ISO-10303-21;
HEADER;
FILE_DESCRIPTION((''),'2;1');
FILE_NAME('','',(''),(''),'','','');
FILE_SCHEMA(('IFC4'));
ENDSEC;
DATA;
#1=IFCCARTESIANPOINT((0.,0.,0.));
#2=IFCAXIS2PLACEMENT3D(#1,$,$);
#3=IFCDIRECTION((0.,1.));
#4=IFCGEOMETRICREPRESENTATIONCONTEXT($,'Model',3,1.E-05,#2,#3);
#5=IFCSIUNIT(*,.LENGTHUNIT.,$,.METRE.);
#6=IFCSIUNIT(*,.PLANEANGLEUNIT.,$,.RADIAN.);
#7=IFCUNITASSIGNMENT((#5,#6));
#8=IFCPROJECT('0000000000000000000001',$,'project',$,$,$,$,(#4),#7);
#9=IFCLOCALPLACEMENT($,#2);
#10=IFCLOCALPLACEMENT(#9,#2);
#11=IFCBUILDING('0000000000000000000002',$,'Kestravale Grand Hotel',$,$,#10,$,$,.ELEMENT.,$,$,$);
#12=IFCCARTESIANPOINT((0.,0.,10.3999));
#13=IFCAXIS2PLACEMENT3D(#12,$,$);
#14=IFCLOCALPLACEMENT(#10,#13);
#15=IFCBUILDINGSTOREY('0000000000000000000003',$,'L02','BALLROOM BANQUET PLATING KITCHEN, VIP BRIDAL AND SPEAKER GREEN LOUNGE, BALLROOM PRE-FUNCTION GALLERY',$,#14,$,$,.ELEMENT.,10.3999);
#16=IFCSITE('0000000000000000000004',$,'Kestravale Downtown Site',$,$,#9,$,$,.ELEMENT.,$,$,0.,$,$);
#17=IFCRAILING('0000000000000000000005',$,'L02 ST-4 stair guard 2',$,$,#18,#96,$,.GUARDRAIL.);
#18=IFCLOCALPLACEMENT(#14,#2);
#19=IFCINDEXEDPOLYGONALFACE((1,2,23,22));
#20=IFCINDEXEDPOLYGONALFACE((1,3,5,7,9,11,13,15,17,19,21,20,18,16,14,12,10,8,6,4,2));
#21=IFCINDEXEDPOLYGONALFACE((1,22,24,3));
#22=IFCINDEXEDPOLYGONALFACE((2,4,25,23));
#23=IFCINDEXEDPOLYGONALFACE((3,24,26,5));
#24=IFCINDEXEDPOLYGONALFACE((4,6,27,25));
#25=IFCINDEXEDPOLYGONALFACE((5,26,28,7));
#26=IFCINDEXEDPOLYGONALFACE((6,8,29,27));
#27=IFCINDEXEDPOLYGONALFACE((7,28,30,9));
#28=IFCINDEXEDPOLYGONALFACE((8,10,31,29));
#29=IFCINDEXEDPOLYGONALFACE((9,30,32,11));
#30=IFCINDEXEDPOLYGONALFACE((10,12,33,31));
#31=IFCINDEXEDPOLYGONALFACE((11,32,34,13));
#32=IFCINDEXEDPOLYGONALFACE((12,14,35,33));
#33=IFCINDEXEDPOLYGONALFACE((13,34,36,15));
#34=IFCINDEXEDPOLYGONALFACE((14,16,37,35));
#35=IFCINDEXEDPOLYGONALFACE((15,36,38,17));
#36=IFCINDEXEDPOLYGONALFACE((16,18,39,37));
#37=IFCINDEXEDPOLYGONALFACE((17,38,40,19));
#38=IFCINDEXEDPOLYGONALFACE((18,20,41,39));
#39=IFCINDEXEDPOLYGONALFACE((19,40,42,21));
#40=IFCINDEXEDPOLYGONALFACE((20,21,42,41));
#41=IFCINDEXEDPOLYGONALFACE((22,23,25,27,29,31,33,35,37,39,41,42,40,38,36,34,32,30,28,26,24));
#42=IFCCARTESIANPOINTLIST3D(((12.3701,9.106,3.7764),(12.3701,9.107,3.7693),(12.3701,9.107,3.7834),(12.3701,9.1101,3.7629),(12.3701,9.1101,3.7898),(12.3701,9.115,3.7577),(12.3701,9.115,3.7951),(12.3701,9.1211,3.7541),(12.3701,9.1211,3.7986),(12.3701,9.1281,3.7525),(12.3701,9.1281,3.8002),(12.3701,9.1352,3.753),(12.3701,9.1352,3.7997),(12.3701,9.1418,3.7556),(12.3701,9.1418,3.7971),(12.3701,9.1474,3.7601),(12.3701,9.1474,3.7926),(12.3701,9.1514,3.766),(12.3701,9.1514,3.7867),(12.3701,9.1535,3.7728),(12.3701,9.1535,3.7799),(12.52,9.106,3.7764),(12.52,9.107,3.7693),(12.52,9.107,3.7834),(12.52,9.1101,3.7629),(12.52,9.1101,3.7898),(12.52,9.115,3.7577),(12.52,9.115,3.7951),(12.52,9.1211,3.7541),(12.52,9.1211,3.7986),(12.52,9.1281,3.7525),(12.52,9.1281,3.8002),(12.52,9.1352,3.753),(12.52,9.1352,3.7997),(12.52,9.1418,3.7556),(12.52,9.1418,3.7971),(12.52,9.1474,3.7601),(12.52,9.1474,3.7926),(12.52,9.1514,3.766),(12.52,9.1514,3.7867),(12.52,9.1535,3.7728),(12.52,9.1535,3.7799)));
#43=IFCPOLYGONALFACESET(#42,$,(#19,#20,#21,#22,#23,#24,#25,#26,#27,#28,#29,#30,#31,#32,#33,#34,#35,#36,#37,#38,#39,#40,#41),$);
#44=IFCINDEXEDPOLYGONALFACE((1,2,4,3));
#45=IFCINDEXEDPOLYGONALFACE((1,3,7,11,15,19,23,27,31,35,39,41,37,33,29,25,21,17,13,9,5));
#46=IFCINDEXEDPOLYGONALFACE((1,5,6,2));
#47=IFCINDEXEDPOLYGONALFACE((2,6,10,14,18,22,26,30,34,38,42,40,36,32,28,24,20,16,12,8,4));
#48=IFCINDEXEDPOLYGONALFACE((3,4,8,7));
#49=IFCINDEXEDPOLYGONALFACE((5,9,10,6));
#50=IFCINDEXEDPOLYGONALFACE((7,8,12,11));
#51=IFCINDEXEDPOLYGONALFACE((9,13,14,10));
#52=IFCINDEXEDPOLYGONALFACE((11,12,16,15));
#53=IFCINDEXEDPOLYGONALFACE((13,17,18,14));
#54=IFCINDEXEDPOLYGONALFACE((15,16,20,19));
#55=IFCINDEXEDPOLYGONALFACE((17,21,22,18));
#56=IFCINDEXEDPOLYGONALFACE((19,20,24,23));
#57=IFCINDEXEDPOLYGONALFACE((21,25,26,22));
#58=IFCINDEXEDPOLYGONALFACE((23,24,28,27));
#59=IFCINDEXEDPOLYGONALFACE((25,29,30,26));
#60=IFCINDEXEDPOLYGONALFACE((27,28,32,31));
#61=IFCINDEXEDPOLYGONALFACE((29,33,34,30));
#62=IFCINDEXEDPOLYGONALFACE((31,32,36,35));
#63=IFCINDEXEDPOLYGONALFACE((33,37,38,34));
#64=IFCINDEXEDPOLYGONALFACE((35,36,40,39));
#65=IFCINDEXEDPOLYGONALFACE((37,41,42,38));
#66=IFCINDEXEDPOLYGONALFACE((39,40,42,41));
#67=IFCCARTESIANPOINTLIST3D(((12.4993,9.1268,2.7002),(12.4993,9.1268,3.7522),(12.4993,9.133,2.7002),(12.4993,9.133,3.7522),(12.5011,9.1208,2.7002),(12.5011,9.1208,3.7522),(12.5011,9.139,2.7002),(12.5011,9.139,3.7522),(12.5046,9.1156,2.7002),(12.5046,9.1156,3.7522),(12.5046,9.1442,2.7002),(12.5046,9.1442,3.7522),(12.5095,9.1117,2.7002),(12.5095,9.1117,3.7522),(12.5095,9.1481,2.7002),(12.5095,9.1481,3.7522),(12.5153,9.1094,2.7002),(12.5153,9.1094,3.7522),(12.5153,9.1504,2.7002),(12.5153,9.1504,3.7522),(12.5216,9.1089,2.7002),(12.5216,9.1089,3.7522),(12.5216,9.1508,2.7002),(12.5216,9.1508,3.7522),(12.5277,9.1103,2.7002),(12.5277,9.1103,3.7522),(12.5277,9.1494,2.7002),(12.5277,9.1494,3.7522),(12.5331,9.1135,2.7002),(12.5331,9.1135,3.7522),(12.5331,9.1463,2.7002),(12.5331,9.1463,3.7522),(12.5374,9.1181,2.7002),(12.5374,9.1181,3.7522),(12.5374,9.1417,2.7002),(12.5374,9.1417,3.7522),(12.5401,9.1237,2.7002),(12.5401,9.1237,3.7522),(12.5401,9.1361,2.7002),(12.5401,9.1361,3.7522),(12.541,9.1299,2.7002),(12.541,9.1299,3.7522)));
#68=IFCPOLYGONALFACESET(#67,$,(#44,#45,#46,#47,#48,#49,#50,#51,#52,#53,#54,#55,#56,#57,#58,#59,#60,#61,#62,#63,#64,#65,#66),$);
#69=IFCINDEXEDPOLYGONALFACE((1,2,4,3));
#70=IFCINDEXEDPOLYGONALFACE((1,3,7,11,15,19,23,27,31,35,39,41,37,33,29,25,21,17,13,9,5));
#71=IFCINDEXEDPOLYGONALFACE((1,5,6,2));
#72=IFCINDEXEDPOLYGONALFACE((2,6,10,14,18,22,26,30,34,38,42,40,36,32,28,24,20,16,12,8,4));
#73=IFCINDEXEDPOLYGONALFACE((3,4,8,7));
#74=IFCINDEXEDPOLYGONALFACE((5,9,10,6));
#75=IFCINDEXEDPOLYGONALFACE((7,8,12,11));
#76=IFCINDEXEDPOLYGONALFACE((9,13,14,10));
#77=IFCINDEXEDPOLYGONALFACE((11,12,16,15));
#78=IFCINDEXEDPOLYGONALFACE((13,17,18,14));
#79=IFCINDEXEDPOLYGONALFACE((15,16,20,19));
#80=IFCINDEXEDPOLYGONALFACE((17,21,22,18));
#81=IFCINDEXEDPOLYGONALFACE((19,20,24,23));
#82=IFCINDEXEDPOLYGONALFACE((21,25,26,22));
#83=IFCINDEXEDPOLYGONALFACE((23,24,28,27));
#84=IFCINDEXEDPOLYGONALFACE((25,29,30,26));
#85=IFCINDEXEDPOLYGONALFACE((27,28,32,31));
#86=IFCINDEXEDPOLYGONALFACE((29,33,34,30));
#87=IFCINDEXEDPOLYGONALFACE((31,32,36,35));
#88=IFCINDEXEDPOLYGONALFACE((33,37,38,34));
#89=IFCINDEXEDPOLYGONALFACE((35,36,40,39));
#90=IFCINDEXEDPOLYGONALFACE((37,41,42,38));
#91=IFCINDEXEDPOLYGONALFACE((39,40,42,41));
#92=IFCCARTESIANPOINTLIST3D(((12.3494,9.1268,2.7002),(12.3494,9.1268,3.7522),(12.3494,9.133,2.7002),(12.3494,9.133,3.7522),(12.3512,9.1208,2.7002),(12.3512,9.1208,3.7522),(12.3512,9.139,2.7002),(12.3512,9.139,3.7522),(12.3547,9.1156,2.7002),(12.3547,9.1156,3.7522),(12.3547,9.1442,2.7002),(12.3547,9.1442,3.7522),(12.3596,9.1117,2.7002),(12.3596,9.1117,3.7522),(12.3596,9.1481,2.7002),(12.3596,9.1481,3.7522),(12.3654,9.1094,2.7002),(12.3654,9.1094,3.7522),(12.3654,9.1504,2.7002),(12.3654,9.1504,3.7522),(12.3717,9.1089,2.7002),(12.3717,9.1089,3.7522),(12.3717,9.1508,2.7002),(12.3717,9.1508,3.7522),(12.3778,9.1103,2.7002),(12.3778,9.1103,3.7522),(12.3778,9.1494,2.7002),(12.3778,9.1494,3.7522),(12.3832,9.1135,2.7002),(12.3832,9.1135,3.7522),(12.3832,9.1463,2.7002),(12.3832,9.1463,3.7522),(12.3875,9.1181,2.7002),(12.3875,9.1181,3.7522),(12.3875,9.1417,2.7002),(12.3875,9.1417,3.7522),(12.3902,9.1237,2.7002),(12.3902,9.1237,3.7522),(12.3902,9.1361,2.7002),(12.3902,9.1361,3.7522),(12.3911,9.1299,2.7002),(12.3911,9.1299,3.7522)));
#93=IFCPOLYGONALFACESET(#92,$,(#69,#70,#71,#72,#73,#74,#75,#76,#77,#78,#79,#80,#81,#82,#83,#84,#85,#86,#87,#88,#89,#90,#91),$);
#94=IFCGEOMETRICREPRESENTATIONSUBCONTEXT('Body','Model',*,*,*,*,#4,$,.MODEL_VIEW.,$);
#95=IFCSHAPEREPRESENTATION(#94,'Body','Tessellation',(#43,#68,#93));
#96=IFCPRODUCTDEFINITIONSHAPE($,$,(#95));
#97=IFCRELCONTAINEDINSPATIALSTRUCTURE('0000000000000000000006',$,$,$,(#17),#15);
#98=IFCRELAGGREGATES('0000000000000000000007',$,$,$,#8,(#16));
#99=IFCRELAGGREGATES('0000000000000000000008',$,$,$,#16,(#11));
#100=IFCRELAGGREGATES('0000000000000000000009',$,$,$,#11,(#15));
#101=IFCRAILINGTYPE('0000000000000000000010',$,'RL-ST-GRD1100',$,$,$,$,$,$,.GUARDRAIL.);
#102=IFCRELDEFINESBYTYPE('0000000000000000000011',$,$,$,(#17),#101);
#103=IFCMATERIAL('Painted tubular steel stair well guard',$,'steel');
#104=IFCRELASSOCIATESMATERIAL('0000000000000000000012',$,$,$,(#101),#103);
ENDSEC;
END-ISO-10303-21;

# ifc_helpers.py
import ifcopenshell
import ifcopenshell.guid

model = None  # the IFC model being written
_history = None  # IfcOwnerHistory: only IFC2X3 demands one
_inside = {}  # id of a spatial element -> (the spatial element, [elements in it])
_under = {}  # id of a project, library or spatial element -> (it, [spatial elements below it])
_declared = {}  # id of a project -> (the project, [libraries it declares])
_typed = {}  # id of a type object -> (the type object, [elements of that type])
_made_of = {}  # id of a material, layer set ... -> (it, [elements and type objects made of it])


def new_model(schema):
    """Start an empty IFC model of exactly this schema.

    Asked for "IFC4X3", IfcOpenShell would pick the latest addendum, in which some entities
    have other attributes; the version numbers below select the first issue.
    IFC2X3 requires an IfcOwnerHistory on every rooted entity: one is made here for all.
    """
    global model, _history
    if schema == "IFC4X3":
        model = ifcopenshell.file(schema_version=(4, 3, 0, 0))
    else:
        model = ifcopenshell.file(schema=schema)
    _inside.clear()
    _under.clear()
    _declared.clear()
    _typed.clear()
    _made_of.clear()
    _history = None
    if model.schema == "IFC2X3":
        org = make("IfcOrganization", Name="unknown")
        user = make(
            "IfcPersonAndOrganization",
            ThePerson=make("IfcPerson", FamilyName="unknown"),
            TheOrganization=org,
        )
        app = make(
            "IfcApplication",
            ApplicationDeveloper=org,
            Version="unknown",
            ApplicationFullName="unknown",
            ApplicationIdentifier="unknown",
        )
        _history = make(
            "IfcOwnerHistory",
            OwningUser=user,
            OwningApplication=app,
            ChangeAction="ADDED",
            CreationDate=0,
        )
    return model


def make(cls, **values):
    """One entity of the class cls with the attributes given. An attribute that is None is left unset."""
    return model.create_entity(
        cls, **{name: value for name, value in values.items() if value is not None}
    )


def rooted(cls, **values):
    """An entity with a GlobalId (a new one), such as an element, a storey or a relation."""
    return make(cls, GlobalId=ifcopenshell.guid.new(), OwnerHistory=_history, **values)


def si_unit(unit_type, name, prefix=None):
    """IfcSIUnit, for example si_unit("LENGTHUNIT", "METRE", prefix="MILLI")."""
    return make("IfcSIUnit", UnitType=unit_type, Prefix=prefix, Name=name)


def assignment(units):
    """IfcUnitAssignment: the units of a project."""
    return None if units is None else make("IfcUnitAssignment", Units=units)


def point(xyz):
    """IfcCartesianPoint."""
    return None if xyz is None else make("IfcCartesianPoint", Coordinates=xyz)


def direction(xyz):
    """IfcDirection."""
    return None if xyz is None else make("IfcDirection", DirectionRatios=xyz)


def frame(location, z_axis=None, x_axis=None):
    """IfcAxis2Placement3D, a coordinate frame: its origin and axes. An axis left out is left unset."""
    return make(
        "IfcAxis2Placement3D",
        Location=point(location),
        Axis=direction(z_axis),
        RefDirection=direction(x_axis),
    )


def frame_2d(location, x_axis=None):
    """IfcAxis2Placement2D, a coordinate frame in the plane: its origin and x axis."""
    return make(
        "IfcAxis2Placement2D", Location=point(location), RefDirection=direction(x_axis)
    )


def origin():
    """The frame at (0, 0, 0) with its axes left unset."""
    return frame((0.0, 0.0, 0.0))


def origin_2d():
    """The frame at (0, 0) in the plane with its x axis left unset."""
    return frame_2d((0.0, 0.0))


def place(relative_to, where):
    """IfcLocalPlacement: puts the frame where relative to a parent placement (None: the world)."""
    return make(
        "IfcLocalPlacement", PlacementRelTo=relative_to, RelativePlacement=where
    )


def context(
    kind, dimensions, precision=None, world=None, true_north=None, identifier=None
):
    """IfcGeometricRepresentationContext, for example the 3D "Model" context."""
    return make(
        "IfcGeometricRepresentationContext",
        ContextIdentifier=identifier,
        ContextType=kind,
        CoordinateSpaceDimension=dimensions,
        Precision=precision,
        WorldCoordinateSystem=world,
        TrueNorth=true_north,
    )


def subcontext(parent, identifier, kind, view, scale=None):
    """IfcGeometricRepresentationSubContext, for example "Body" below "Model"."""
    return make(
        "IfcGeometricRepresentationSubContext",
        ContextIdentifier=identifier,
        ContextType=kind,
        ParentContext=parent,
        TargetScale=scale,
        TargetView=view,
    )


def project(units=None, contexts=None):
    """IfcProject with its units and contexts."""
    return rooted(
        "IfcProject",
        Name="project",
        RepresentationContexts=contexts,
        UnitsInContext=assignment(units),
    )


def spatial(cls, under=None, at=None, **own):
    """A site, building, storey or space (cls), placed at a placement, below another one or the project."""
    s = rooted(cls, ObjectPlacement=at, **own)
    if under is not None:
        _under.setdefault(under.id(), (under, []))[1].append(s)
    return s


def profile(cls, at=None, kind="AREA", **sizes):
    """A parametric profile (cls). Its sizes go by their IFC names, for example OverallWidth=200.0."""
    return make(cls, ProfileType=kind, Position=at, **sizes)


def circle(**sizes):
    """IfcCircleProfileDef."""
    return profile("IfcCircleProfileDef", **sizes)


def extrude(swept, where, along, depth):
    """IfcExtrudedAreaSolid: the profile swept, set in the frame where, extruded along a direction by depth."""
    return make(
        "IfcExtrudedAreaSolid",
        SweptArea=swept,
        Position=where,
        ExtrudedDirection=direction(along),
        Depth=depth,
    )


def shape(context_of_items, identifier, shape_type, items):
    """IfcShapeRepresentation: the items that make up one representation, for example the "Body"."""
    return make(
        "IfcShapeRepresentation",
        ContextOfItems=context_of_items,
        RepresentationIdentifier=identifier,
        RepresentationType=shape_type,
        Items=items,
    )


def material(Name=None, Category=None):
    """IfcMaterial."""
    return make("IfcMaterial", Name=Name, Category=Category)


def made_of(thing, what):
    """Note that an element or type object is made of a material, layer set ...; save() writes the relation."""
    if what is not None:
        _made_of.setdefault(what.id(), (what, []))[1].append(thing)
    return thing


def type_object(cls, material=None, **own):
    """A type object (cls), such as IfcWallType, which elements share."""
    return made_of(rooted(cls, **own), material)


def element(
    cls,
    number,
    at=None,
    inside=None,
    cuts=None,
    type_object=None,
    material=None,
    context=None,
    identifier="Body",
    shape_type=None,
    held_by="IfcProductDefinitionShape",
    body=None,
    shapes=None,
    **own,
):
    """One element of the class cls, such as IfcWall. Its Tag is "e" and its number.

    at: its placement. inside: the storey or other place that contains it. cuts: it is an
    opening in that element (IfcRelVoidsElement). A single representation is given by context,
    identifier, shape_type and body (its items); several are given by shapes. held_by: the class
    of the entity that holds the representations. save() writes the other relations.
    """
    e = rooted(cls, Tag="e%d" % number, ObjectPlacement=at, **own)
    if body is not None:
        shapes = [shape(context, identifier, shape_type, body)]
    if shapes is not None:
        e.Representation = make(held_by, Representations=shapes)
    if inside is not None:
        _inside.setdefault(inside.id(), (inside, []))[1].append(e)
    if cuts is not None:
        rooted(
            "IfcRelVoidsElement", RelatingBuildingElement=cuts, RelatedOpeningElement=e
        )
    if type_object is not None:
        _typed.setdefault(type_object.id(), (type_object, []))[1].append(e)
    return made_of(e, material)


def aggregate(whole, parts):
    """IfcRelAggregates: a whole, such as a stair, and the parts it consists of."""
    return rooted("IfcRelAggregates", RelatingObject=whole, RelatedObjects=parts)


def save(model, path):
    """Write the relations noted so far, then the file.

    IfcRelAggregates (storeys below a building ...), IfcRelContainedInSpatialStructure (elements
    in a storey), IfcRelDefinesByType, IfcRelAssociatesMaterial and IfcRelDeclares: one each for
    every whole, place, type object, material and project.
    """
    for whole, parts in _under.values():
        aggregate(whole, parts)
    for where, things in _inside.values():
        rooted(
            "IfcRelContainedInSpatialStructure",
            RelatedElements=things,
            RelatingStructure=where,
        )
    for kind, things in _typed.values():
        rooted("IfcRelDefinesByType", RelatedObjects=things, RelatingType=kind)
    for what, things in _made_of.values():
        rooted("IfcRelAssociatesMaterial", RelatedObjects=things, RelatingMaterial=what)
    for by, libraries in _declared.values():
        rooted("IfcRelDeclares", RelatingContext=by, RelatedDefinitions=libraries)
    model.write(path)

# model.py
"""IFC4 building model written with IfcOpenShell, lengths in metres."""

from ifc_helpers import new_model, si_unit, direction, frame, origin, origin_2d, place, context, subcontext, project, spatial, circle, extrude, material, type_object, element, save


model = new_model("IFC4")

# Units and contexts
model_context = context("Model", 3, precision=1e-05, world=origin(), true_north=direction((0.0, 1.0)))
body_context = subcontext(model_context, "Body", "Model", "MODEL_VIEW")
ifc_project = project(units=[si_unit("LENGTHUNIT", "METRE"), si_unit("PLANEANGLEUNIT", "RADIAN")], contexts=[model_context])

# Site, building, storey
site_placement = place(None, origin())
site = spatial("IfcSite", under=ifc_project, at=site_placement, Name="Kestravale Downtown Site", CompositionType="ELEMENT", RefElevation=0.0)
building_placement = place(site_placement, origin())
building = spatial("IfcBuilding", under=site, at=building_placement, Name="Kestravale Grand Hotel", CompositionType="ELEMENT")
storey_placement = place(building_placement, frame((0.0, 0.0, 10.3999)))
storey = spatial("IfcBuildingStorey", under=building, at=storey_placement, Name="L02", Description="BALLROOM BANQUET PLATING KITCHEN, VIP BRIDAL AND SPEAKER GREEN LOUNGE, BALLROOM PRE-FUNCTION GALLERY", CompositionType="ELEMENT", Elevation=10.3999)

# Railing
ifc_material_1 = material(Name="Painted tubular steel stair well guard", Category="steel")
railing_type_1 = type_object("IfcRailingType", Name="RL-ST-GRD1100", PredefinedType="GUARDRAIL", material=ifc_material_1)
railing_1_placement = place(storey_placement, frame((12.52, 9.1299, 2.7002)))
element("IfcRailing", 1, at=railing_1_placement, inside=storey, type_object=railing_type_1, Name="L02 ST-4 stair guard 2", PredefinedType="GUARDRAIL", context=body_context, shape_type="SweptSolid", body=[
    extrude(circle(Radius=0.0239, at=origin_2d()), frame((0.0, 0.0, 1.0762), z_axis=(-1.0, 0.0, 0.0), x_axis=(0.0, -1.0, 0.0)), (0.0, 0.0, 1.0), 0.1499),
    extrude(circle(Radius=0.021, at=origin_2d()), origin(), (0.0, 0.0, 1.0), 1.052),
    extrude(circle(Radius=0.021, at=origin_2d()), frame((-0.1499, 0.0, 0.0)), (0.0, 0.0, 1.0), 1.052),
])

save(model, "model.ifc")
